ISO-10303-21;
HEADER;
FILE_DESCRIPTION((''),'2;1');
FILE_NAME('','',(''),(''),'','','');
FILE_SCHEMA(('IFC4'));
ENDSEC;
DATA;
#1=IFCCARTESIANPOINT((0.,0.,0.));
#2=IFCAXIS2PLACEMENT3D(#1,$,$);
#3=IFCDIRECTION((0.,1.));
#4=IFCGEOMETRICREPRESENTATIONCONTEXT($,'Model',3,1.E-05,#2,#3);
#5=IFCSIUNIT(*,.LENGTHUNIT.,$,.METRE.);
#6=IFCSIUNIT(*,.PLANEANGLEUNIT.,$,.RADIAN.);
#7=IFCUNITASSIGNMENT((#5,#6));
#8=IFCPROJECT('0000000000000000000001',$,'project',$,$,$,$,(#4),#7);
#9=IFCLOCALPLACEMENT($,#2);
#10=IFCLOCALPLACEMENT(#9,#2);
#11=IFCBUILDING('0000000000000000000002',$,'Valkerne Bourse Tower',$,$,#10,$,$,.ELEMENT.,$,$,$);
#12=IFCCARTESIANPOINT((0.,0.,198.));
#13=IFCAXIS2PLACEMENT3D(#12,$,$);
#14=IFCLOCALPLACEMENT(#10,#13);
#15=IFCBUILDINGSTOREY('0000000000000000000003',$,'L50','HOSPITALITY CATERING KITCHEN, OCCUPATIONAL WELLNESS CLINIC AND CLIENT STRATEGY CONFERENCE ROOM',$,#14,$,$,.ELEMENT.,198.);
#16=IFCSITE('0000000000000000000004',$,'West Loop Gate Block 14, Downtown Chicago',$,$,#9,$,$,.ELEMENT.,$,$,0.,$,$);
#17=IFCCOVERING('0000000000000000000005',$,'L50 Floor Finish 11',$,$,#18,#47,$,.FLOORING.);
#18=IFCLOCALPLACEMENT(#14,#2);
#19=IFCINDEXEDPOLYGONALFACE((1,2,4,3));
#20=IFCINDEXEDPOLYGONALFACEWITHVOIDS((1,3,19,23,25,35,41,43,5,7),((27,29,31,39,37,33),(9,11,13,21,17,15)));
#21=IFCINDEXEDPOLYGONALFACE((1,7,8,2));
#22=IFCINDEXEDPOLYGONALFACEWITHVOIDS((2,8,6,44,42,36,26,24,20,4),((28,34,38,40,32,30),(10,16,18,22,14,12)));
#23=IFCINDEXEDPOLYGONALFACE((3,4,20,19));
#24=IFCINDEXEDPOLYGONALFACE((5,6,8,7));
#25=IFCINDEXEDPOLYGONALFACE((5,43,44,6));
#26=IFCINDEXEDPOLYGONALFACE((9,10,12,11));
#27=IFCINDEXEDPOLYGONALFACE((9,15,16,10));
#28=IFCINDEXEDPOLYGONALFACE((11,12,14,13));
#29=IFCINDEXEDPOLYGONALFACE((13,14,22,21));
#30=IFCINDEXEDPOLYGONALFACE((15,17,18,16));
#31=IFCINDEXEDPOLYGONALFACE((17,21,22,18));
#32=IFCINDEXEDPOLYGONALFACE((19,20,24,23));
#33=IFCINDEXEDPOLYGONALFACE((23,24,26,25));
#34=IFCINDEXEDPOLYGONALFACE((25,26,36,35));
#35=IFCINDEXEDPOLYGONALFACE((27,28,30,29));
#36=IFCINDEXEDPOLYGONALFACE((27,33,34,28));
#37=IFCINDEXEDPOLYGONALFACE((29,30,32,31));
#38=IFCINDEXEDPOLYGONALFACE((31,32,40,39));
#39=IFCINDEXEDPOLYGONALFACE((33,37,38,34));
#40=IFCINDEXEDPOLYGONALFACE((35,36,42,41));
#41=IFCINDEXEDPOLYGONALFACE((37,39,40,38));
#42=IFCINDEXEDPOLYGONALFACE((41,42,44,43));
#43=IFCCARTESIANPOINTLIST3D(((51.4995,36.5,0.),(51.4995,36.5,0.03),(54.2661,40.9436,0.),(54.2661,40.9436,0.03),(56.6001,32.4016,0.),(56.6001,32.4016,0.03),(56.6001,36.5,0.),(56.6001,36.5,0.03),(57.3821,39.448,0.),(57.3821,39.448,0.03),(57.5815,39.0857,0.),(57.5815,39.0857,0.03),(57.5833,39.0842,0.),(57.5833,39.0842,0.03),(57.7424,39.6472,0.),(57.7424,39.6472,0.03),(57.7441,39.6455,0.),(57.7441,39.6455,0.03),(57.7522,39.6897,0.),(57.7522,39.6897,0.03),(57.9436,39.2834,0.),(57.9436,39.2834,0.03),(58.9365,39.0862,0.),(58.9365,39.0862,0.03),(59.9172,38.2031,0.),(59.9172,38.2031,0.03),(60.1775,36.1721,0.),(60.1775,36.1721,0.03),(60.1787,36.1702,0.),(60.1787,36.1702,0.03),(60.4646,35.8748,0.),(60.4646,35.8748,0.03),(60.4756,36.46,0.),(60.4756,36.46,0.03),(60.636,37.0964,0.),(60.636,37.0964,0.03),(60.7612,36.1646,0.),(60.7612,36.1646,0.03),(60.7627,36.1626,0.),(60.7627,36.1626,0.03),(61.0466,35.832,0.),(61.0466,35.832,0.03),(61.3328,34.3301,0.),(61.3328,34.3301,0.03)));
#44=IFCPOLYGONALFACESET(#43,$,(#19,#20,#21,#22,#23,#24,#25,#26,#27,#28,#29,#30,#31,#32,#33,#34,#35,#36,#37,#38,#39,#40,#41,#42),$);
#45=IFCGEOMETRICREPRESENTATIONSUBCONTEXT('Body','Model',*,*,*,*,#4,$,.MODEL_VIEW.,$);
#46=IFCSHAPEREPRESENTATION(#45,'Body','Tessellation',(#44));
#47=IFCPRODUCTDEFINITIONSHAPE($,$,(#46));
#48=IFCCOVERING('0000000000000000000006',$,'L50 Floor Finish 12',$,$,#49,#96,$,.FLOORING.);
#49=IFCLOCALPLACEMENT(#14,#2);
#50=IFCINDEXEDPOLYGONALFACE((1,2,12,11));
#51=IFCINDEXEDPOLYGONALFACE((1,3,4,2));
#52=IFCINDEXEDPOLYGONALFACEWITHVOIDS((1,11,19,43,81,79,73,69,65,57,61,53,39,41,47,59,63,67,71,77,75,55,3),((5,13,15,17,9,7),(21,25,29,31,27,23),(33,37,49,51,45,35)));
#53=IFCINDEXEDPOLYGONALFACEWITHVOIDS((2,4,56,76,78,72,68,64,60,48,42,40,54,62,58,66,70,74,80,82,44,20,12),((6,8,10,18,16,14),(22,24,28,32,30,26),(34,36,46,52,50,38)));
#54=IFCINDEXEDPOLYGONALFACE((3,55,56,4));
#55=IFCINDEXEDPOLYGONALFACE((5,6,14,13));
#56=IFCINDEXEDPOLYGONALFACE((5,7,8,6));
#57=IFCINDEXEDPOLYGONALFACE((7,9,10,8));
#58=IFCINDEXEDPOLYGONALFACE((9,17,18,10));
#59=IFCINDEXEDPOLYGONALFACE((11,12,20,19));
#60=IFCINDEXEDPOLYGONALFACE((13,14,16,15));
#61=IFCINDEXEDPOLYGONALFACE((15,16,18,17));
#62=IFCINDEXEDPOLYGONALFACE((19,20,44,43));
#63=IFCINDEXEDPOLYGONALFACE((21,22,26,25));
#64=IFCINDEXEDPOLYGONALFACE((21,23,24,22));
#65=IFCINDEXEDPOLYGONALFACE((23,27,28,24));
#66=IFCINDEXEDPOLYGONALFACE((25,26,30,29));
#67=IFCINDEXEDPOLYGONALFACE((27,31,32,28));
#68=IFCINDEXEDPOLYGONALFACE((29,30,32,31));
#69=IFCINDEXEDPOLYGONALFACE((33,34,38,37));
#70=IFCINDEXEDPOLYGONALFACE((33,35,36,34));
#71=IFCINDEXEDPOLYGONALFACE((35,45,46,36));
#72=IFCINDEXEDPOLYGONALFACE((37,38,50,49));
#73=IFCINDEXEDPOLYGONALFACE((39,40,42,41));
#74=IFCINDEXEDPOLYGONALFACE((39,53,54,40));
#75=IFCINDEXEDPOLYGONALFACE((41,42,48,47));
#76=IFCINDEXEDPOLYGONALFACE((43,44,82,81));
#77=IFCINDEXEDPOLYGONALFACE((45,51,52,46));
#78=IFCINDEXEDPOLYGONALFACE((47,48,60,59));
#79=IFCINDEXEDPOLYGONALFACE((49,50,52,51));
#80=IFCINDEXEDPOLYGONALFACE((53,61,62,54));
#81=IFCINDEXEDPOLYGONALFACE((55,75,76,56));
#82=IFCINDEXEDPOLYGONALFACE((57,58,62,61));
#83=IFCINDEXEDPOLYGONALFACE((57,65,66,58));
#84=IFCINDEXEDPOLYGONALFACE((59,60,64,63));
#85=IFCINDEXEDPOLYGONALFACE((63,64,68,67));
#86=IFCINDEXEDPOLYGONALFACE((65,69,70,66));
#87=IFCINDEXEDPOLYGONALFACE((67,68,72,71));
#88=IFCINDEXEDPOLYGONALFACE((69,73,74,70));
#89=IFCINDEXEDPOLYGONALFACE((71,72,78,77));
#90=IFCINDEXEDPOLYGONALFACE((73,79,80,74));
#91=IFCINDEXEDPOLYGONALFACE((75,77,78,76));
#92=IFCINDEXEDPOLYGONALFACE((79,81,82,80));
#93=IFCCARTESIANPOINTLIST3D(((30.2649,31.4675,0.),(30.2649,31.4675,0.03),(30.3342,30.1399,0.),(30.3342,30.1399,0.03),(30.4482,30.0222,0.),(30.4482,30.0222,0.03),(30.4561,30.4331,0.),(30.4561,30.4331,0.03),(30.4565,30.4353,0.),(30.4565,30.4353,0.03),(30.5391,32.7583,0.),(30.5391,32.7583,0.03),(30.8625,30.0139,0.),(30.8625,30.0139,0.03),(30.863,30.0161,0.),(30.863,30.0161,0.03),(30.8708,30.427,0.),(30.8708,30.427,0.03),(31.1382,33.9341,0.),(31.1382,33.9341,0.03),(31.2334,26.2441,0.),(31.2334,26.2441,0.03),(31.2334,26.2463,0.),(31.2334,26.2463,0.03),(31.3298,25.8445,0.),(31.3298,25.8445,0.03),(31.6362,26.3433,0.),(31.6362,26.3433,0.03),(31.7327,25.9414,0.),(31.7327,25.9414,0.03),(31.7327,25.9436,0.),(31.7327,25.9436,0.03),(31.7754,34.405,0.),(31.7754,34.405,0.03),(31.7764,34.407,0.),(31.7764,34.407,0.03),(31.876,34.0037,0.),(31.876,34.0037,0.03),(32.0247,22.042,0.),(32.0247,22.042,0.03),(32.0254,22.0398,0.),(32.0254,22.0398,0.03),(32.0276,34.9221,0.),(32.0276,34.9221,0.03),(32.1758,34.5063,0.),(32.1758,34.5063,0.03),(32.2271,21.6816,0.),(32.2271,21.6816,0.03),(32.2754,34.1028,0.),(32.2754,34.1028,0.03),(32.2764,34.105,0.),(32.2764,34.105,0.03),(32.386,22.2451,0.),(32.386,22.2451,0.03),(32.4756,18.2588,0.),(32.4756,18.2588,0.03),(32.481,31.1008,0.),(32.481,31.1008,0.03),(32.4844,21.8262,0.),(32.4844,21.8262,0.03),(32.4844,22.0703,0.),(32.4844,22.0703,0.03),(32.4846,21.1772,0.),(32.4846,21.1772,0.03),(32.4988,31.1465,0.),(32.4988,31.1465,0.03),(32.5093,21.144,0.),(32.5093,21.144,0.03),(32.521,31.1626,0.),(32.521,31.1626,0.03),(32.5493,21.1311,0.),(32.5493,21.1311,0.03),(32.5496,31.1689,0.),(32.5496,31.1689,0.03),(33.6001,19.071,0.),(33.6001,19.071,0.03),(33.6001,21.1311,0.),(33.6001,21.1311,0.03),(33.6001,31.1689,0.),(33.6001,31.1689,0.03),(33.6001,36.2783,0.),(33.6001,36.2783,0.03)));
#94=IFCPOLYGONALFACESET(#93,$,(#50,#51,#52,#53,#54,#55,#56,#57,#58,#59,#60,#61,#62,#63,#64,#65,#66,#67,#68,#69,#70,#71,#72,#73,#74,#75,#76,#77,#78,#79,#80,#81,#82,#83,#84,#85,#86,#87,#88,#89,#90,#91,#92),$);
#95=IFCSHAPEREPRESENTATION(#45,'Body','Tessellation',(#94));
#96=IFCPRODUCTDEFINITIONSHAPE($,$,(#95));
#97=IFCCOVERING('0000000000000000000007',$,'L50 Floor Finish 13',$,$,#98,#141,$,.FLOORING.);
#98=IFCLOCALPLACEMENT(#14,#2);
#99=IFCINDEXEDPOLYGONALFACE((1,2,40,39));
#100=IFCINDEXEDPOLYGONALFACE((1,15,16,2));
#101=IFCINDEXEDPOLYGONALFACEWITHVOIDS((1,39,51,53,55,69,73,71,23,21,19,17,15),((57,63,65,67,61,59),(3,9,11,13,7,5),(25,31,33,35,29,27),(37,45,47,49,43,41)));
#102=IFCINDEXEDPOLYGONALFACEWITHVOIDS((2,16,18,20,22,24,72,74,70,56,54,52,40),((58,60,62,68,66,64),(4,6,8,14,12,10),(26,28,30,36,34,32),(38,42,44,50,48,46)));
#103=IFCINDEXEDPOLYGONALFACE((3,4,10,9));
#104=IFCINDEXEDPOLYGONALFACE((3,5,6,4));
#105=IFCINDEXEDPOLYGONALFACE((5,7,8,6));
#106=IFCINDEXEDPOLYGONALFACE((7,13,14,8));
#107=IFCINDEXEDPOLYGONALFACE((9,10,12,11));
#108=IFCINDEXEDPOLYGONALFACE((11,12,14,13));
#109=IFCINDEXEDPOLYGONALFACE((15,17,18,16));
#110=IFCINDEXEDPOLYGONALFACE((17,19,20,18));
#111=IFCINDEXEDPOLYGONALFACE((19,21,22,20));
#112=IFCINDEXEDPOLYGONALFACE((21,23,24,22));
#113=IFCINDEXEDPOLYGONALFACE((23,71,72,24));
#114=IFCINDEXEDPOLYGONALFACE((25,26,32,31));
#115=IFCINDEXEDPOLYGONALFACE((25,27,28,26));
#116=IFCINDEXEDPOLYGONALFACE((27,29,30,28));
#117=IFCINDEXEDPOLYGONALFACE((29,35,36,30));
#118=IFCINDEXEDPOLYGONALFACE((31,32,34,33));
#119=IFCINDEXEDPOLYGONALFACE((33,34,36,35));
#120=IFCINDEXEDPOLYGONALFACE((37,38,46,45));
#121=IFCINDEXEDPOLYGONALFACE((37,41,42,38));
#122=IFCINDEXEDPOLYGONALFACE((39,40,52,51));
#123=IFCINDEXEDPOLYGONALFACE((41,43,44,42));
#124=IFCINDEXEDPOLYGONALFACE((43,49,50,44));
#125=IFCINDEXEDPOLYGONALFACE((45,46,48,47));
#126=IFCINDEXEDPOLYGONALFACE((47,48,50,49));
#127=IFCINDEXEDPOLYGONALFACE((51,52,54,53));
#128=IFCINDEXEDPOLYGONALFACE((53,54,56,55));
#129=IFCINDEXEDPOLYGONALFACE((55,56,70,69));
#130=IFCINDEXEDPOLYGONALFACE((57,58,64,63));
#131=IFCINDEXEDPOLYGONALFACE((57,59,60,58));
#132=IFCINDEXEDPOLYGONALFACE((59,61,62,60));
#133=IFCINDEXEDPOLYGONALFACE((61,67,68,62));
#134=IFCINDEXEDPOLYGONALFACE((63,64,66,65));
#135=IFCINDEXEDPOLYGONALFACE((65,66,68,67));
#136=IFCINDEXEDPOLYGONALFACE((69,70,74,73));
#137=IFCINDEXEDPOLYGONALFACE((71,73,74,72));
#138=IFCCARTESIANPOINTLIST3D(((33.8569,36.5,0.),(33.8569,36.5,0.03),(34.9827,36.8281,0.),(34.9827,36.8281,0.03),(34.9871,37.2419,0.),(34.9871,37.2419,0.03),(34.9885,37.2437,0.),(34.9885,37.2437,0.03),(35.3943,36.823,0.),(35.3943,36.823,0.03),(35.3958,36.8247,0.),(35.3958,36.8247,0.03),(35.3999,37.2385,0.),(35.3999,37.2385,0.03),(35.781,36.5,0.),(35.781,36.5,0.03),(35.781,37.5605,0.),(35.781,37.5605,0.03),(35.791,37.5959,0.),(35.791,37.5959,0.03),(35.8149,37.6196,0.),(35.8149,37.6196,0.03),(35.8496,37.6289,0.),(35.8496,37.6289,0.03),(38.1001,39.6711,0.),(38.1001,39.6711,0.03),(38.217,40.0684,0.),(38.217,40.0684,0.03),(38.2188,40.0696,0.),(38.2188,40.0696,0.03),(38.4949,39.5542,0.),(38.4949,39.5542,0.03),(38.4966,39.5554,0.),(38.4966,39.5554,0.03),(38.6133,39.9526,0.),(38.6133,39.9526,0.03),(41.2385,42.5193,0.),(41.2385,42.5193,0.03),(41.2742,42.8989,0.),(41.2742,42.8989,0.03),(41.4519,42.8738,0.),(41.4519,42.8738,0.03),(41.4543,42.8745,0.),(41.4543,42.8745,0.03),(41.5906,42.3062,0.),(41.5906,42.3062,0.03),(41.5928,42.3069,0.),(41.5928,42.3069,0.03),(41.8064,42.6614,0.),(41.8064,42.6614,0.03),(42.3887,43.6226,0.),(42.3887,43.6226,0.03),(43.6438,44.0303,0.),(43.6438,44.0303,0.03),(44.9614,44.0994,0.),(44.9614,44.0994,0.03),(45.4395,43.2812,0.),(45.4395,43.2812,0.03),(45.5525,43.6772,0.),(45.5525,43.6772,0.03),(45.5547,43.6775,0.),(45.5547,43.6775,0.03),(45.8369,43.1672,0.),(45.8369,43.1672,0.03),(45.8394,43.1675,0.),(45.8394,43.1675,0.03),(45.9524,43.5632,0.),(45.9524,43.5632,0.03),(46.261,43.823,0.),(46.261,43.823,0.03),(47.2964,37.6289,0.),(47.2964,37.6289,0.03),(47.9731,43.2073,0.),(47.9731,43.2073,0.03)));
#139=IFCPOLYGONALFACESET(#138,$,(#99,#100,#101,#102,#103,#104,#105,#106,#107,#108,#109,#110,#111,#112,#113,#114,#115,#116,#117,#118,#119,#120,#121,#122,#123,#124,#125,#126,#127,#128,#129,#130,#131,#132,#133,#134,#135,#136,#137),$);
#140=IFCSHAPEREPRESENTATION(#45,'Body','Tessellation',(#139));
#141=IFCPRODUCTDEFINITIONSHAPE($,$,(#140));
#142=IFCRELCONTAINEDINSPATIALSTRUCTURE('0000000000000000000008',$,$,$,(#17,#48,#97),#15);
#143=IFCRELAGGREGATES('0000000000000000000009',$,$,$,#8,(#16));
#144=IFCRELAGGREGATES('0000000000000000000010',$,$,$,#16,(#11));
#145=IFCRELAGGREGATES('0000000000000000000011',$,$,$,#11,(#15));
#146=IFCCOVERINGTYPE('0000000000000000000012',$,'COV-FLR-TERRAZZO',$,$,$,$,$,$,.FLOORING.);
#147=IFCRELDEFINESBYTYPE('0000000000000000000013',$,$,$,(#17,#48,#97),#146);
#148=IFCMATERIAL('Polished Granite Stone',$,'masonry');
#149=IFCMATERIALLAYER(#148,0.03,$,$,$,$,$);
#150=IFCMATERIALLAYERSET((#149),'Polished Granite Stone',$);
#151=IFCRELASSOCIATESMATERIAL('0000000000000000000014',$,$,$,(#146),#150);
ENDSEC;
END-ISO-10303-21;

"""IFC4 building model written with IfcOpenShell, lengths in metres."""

from ifc_helpers import new_model, si_unit, direction, frame, origin, place, context, subcontext, project, spatial, polyline, outline, extrude, material, layer, layer_set, type_object, element, save


model = new_model("IFC4")

# Units and contexts
model_context = context("Model", 3, precision=1e-05, world=origin(), true_north=direction((0.0, 1.0)))
body_context = subcontext(model_context, "Body", "Model", "MODEL_VIEW")
ifc_project = project(units=[si_unit("LENGTHUNIT", "METRE"), si_unit("PLANEANGLEUNIT", "RADIAN")], contexts=[model_context])

# Site, building, storey
site_placement = place(None, origin())
site = spatial("IfcSite", under=ifc_project, at=site_placement, Name="West Loop Gate Block 14, Downtown Chicago", CompositionType="ELEMENT", RefElevation=0.0)
building_placement = place(site_placement, origin())
building = spatial("IfcBuilding", under=site, at=building_placement, Name="Valkerne Bourse Tower", CompositionType="ELEMENT")
storey_placement = place(building_placement, frame((0.0, 0.0, 198.0)))
storey = spatial("IfcBuildingStorey", under=building, at=storey_placement, Name="L50", Description="HOSPITALITY CATERING KITCHEN, OCCUPATIONAL WELLNESS CLINIC AND CLIENT STRATEGY CONFERENCE ROOM", CompositionType="ELEMENT", Elevation=198.0)

# Coverings
ifc_material_1 = material(Name="Polished Granite Stone", Category="masonry")
ifc_layer_1 = layer(ifc_material_1, 0.03)
ifc_layer_set_1 = layer_set([ifc_layer_1], Name="Polished Granite Stone")
covering_type_1 = type_object("IfcCoveringType", Name="COV-FLR-TERRAZZO", PredefinedType="FLOORING", material=ifc_layer_set_1)
covering_1_placement = place(storey_placement, origin())
element("IfcCovering", 1, at=covering_1_placement, inside=storey, type_object=covering_type_1, Name="L50 Floor Finish 11", PredefinedType="FLOORING", context=body_context, shape_type="SweptSolid", body=[
    extrude(outline(polyline([(59.9172, 38.2031), (60.636, 37.0964), (61.0466, 35.832), (61.3328, 34.3301), (56.6001, 32.4016), (56.6001, 36.5), (51.4995, 36.5), (54.2661, 40.9436), (57.7522, 39.6897), (58.9365, 39.0862), (59.9172, 38.2031)]), holes=[polyline([(60.7612, 36.1646), (60.4756, 36.46), (60.1775, 36.1721), (60.1787, 36.1702), (60.4646, 35.8748), (60.7627, 36.1626), (60.7612, 36.1646)]), polyline([(57.7441, 39.6455), (57.7424, 39.6472), (57.3821, 39.448), (57.5815, 39.0857), (57.5833, 39.0842), (57.9436, 39.2834), (57.7441, 39.6455)])]), origin(), (0.0, 0.0, 1.0), 0.03),
])
covering_2_placement = place(storey_placement, origin())
element("IfcCovering", 2, at=covering_2_placement, inside=storey, type_object=covering_type_1, Name="L50 Floor Finish 12", PredefinedType="FLOORING", context=body_context, shape_type="SweptSolid", body=[
    extrude(outline(polyline([(30.5391, 32.7583), (31.1382, 33.9341), (32.0276, 34.9221), (33.6001, 36.2783), (33.6001, 31.1689), (32.5496, 31.1689), (32.521, 31.1626), (32.4988, 31.1465), (32.481, 31.1008), (32.4844, 22.0703), (32.386, 22.2451), (32.0247, 22.042), (32.0254, 22.0398), (32.2271, 21.6816), (32.4844, 21.8262), (32.4846, 21.1772), (32.5093, 21.144), (32.5493, 21.1311), (33.6001, 21.1311), (33.6001, 19.071), (32.4756, 18.2588), (30.3342, 30.1399), (30.2649, 31.4675), (30.5391, 32.7583)]), holes=[polyline([(31.7327, 25.9436), (31.6362, 26.3433), (31.2334, 26.2463), (31.2334, 26.2441), (31.3298, 25.8445), (31.7327, 25.9414), (31.7327, 25.9436)]), polyline([(30.8708, 30.427), (30.4565, 30.4353), (30.4561, 30.4331), (30.4482, 30.0222), (30.8625, 30.0139), (30.863, 30.0161), (30.8708, 30.427)]), polyline([(32.2764, 34.105), (32.1758, 34.5063), (31.7764, 34.407), (31.7754, 34.405), (31.876, 34.0037), (32.2754, 34.1028), (32.2764, 34.105)])]), origin(), (0.0, 0.0, 1.0), 0.03),
])
covering_3_placement = place(storey_placement, origin())
element("IfcCovering", 3, at=covering_3_placement, inside=storey, type_object=covering_type_1, Name="L50 Floor Finish 13", PredefinedType="FLOORING", context=body_context, shape_type="SweptSolid", body=[
    extrude(outline(polyline([(41.2742, 42.8989), (42.3887, 43.6226), (43.6438, 44.0303), (44.9614, 44.0994), (46.261, 43.823), (47.9731, 43.2073), (47.2964, 37.6289), (35.8496, 37.6289), (35.8149, 37.6196), (35.791, 37.5959), (35.781, 37.5605), (35.781, 36.5), (33.8569, 36.5), (41.2742, 42.8989)]), holes=[polyline([(35.3999, 37.2385), (34.9885, 37.2437), (34.9871, 37.2419), (34.9827, 36.8281), (35.3943, 36.823), (35.3958, 36.8247), (35.3999, 37.2385)]), polyline([(38.4966, 39.5554), (38.6133, 39.9526), (38.2188, 40.0696), (38.217, 40.0684), (38.1001, 39.6711), (38.4949, 39.5542), (38.4966, 39.5554)]), polyline([(41.5928, 42.3069), (41.8064, 42.6614), (41.4543, 42.8745), (41.4519, 42.8738), (41.2385, 42.5193), (41.5906, 42.3062), (41.5928, 42.3069)]), polyline([(45.9524, 43.5632), (45.5547, 43.6775), (45.5525, 43.6772), (45.4395, 43.2812), (45.8369, 43.1672), (45.8394, 43.1675), (45.9524, 43.5632)])]), origin(), (0.0, 0.0, 1.0), 0.03),
])

save(model, "model.ifc")
